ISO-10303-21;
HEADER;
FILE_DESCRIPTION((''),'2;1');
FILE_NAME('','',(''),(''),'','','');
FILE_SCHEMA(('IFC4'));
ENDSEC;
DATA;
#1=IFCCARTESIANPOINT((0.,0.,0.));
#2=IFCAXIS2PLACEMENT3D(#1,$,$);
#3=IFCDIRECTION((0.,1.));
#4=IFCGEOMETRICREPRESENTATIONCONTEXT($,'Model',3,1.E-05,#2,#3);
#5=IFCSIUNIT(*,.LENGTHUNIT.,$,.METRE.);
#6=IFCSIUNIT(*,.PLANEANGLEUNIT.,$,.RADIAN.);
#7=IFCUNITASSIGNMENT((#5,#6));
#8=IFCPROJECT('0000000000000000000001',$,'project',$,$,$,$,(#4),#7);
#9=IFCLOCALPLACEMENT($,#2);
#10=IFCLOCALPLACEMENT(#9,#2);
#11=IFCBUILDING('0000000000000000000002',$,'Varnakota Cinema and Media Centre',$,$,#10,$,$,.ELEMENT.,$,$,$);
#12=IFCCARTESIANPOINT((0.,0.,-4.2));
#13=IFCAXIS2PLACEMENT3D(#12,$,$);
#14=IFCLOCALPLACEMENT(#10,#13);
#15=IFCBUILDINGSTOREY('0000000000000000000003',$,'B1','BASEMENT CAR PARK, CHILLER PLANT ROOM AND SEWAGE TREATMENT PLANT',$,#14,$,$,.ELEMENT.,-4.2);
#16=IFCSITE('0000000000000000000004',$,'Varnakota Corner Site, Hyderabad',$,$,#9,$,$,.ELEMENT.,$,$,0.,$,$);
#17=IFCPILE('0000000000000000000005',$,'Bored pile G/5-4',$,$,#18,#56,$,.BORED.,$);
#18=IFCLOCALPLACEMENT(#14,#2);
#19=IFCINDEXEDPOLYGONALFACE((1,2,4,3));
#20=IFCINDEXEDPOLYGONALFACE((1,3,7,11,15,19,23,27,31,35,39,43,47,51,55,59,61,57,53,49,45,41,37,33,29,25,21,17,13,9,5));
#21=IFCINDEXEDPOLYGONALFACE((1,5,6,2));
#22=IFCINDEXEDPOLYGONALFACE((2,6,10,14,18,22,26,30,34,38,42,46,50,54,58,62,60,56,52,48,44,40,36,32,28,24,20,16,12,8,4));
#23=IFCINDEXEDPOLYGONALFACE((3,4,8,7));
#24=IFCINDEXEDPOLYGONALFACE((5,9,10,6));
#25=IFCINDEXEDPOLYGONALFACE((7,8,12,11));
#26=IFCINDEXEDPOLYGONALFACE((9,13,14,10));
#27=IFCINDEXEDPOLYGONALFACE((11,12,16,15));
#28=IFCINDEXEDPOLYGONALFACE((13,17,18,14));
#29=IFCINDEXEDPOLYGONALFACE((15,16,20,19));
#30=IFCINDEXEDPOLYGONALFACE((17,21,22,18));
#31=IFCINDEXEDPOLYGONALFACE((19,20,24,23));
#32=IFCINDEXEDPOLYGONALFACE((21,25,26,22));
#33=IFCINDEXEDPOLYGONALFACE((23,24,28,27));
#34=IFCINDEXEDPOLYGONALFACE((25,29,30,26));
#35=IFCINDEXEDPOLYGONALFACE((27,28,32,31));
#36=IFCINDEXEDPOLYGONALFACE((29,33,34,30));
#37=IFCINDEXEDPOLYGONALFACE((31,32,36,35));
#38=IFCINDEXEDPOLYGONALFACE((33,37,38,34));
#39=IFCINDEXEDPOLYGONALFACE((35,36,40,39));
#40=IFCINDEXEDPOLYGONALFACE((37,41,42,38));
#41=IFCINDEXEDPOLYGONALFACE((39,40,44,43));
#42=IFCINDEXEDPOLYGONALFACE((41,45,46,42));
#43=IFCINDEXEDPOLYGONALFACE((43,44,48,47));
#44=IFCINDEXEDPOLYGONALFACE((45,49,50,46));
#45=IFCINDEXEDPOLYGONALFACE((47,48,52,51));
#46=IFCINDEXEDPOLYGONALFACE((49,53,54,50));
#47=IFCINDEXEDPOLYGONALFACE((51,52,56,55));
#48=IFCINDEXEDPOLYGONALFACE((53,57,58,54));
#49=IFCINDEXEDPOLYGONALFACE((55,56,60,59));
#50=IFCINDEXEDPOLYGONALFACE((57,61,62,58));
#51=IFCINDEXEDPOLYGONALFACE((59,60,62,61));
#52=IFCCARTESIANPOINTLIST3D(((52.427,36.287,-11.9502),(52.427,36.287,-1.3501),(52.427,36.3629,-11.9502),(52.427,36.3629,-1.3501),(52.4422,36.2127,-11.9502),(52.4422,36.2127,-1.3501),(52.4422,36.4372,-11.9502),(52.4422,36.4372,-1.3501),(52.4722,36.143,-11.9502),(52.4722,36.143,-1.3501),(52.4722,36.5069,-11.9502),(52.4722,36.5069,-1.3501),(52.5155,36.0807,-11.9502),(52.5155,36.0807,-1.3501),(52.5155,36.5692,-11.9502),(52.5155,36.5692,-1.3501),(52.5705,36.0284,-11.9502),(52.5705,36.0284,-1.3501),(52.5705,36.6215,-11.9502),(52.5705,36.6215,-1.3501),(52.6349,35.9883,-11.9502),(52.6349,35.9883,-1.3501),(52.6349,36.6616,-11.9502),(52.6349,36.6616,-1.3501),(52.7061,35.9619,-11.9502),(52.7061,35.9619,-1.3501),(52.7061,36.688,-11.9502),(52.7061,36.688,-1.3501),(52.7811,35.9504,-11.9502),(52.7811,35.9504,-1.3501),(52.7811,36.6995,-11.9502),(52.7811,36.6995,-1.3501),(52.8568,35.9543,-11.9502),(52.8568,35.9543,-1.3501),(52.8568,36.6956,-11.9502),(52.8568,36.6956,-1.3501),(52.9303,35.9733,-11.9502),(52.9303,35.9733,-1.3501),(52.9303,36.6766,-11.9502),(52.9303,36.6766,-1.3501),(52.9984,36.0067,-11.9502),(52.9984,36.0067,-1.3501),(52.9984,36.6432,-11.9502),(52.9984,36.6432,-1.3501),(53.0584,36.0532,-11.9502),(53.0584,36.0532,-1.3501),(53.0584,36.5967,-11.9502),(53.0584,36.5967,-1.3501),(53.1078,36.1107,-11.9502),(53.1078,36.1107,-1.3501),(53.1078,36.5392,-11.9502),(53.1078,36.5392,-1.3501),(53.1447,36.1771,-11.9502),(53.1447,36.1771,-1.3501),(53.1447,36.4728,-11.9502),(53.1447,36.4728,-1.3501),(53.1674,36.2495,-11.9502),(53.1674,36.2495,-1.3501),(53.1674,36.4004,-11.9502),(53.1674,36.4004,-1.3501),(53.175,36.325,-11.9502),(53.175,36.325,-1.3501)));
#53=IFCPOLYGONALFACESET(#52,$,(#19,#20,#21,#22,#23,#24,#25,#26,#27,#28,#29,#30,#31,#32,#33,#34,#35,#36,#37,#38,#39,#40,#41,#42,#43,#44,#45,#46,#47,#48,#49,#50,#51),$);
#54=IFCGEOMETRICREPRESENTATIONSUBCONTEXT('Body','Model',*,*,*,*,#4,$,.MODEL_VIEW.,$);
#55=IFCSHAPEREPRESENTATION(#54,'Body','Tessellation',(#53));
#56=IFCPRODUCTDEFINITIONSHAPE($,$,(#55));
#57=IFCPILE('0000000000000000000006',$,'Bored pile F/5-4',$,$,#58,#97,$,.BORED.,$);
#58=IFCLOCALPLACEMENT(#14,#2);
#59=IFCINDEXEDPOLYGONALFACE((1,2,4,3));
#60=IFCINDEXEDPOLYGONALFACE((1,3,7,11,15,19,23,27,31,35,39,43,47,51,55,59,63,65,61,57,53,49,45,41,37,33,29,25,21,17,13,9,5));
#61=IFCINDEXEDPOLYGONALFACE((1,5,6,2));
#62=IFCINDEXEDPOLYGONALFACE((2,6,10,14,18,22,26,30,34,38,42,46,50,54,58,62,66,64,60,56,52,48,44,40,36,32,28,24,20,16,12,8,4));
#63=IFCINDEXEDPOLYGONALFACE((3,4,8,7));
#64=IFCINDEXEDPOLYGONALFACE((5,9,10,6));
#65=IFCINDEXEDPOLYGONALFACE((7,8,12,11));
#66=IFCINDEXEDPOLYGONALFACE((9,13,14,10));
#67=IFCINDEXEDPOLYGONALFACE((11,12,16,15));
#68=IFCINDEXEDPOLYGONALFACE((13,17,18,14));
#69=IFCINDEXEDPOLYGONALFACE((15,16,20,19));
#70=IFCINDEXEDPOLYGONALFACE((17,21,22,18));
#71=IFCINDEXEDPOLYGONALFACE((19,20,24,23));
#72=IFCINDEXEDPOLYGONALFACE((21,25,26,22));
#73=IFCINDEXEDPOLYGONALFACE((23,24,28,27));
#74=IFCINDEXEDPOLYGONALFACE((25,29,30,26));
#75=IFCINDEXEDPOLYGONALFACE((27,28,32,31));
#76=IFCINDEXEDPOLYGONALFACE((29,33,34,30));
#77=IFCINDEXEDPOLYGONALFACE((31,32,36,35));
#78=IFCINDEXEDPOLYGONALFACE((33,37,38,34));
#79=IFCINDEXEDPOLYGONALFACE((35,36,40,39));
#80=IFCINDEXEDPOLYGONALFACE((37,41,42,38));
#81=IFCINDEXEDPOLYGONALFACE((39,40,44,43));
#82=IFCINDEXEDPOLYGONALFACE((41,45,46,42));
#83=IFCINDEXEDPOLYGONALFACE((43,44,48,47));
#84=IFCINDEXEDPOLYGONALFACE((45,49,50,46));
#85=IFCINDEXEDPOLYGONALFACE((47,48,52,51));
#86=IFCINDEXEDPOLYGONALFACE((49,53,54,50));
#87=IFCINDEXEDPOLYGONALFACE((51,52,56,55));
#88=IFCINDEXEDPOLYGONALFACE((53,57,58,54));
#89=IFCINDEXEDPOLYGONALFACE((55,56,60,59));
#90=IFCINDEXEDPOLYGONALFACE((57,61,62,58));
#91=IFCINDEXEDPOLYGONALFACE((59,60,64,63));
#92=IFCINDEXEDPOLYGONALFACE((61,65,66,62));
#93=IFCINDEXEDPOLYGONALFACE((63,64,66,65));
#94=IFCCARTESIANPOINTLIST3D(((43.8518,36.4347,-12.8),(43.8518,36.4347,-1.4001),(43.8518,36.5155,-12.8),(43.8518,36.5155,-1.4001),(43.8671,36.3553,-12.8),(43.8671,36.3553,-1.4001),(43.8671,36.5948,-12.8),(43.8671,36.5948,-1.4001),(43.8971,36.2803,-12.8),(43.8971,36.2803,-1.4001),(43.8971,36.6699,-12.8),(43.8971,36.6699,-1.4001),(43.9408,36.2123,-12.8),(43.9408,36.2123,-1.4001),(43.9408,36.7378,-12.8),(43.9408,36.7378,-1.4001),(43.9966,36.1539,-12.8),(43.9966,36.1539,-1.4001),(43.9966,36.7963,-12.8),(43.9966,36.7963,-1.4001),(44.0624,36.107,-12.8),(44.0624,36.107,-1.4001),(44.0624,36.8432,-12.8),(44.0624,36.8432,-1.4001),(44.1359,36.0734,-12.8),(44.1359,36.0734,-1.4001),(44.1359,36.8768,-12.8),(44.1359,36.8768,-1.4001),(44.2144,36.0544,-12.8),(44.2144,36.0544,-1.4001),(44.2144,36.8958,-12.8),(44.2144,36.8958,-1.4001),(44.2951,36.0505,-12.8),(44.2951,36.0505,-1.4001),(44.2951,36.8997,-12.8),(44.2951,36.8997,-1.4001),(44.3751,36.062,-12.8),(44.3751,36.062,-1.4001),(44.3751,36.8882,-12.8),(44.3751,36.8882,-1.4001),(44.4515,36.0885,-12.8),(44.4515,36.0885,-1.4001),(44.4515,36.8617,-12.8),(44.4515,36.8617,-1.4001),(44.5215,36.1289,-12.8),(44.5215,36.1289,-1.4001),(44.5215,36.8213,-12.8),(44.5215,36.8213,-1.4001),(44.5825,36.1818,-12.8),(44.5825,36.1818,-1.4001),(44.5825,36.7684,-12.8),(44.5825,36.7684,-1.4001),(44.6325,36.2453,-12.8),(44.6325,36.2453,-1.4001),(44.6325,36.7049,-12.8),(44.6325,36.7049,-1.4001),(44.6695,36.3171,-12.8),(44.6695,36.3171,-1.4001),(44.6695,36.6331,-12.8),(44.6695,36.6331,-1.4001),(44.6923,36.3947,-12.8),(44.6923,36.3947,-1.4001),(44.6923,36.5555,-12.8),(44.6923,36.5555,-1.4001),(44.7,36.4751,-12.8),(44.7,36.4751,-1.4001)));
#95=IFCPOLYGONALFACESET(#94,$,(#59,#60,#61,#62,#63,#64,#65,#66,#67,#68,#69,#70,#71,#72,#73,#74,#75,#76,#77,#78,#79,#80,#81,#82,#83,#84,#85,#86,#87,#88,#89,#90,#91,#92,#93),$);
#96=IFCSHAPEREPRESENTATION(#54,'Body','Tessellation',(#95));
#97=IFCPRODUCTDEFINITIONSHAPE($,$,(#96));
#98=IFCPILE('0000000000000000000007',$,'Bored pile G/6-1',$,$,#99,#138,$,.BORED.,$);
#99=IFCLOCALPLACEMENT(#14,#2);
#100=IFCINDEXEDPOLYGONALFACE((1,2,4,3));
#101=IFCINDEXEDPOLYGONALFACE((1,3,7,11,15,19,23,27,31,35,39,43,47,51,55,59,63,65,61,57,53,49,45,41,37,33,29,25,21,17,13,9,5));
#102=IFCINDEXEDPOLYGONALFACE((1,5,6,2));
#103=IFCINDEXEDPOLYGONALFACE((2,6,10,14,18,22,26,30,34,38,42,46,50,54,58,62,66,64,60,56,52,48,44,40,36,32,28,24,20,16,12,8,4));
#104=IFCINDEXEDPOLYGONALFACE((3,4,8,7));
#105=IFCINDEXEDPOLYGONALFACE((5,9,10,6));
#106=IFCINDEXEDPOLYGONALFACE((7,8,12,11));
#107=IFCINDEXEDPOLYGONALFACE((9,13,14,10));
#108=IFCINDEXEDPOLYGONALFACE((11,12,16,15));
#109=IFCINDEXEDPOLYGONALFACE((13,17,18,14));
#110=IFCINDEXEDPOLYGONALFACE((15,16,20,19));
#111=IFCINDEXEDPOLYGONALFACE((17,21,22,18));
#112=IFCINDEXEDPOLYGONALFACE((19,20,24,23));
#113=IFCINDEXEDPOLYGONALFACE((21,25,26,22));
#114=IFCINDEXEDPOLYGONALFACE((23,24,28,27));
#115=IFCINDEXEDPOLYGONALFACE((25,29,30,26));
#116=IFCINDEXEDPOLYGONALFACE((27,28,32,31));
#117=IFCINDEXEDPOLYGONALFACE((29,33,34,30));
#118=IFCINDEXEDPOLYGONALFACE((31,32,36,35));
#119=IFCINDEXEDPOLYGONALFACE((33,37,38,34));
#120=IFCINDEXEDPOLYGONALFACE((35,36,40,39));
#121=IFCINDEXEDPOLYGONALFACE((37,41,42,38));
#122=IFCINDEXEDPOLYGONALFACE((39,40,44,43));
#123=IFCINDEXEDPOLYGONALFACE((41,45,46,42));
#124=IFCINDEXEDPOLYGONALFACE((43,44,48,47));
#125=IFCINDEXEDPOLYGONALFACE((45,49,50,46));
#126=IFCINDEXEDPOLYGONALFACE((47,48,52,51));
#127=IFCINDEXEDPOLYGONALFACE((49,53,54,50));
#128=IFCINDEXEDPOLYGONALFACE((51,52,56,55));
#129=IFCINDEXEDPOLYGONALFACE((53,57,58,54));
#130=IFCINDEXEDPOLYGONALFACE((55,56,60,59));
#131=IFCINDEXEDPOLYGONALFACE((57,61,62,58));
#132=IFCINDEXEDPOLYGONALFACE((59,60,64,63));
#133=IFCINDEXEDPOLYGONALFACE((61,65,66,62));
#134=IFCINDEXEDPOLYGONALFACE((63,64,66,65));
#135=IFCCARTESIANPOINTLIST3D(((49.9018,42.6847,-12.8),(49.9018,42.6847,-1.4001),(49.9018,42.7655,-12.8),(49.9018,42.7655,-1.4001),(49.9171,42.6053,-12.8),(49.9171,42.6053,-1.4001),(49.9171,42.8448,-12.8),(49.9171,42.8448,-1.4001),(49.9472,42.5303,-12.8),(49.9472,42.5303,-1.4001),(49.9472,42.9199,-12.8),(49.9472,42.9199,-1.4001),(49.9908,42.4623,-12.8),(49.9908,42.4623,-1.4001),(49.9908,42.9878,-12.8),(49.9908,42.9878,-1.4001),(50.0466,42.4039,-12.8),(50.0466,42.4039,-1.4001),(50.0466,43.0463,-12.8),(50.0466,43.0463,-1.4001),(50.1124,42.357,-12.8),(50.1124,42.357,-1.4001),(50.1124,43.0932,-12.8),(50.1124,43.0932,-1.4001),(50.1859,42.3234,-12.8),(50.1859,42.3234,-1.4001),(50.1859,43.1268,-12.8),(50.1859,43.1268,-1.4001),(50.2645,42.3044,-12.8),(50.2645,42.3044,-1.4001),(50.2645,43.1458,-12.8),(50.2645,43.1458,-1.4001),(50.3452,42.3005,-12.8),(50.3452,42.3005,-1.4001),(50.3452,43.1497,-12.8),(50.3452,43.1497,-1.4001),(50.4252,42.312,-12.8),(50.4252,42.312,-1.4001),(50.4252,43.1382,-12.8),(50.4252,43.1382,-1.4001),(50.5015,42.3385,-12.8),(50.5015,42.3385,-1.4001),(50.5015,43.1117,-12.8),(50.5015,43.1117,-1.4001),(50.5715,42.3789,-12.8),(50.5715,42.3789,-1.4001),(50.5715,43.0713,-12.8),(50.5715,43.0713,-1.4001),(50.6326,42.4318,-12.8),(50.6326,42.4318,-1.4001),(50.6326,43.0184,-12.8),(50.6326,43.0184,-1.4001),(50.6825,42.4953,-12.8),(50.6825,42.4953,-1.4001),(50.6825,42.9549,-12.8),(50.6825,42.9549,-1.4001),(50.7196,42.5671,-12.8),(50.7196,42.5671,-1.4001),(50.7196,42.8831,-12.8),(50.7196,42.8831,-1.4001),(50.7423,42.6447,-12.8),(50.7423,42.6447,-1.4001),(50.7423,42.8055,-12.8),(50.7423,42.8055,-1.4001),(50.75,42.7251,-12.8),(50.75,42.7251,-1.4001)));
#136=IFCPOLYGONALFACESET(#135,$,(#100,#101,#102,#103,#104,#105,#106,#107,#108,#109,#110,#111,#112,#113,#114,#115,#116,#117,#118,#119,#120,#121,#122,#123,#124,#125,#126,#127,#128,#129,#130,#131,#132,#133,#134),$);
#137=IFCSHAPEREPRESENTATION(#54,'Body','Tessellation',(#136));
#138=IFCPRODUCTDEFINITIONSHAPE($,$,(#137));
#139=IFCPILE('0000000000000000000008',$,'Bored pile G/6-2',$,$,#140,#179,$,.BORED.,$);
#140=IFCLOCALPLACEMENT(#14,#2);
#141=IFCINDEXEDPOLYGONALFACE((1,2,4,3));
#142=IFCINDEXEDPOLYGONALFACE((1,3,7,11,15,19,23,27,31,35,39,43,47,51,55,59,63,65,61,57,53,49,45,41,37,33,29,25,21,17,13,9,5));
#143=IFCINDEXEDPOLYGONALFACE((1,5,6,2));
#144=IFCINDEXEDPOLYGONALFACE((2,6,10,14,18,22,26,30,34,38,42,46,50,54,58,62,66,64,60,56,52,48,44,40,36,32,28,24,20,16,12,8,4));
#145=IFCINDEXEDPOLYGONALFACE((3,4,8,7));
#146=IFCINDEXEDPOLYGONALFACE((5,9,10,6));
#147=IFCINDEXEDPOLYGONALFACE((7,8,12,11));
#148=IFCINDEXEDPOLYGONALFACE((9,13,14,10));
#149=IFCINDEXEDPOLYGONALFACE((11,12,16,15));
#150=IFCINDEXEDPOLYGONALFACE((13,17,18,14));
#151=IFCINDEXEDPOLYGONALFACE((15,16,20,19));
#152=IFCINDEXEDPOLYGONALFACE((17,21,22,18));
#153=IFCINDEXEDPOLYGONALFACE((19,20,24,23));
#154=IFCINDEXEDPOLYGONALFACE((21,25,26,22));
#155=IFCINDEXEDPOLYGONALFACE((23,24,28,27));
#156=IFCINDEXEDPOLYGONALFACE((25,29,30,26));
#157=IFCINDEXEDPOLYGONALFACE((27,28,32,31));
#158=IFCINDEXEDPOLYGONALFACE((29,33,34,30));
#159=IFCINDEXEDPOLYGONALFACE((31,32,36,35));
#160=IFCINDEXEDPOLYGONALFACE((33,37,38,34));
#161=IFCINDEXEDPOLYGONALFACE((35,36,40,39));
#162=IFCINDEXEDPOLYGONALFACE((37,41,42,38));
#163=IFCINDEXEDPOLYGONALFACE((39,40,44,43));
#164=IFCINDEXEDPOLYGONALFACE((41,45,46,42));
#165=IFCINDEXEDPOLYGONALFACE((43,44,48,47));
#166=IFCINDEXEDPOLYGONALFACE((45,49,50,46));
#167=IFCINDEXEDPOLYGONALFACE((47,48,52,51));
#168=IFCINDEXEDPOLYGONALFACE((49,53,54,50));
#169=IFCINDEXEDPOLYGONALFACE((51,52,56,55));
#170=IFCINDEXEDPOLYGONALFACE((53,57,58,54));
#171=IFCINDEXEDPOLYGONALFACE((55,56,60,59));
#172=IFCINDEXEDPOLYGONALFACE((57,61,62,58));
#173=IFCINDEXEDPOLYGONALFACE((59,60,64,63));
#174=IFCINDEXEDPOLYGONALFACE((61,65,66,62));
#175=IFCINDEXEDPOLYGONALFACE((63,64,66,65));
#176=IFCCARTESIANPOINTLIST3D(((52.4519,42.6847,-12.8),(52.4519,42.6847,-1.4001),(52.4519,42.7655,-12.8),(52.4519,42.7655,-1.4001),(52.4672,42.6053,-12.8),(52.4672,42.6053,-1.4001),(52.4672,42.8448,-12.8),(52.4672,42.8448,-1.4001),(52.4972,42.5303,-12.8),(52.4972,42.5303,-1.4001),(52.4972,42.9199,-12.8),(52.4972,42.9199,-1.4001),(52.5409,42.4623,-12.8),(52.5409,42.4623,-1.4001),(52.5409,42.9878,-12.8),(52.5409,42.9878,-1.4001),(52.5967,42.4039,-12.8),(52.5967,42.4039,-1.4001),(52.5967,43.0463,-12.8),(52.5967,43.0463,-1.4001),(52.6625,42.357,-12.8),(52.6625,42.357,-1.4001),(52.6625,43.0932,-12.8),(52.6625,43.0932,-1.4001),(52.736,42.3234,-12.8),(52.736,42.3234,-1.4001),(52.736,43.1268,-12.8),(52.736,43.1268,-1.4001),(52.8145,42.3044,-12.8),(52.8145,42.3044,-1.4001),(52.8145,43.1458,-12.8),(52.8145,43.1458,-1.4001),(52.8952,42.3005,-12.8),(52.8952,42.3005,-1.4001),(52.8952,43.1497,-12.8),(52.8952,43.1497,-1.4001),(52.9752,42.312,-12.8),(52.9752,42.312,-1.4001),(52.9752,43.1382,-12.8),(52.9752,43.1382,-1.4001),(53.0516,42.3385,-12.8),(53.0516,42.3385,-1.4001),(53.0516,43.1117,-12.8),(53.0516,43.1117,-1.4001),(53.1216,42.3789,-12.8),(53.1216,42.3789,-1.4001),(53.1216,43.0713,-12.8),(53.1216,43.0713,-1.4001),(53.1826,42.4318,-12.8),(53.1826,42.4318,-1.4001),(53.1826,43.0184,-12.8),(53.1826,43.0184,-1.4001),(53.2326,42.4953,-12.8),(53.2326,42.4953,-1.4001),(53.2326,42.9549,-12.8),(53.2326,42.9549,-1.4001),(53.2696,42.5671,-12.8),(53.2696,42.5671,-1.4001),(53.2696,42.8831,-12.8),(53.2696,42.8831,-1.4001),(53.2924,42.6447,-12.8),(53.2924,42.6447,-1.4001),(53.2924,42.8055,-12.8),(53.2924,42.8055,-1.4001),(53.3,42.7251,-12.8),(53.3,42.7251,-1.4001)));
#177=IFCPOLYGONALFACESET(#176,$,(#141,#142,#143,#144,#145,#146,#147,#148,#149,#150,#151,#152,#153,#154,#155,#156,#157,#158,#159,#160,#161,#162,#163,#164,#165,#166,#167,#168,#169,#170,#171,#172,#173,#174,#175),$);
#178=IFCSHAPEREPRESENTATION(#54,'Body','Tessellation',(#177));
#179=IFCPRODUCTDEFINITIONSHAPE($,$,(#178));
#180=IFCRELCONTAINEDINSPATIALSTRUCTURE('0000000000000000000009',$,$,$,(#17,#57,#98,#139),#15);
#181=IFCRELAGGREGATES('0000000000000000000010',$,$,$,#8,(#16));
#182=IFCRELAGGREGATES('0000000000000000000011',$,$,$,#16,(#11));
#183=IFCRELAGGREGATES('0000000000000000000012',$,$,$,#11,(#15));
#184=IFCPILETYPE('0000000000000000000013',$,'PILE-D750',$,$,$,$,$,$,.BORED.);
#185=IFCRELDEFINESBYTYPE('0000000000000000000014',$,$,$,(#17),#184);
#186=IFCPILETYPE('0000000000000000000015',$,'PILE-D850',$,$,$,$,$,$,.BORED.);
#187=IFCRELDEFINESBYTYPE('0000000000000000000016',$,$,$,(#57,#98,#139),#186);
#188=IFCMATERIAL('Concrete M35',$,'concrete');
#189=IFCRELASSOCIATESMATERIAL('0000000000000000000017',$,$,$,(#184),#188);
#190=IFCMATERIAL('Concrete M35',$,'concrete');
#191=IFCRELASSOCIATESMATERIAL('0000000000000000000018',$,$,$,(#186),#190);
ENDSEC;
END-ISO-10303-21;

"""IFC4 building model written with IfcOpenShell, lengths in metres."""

from ifc_helpers import new_model, si_unit, direction, frame, origin, origin_2d, place, context, subcontext, project, spatial, circle, extrude, material, material_profile, profile_set, type_object, element, save


model = new_model("IFC4")

# Units and contexts
model_context = context("Model", 3, precision=1e-05, world=origin(), true_north=direction((0.0, 1.0)))
body_context = subcontext(model_context, "Body", "Model", "MODEL_VIEW")
ifc_project = project(units=[si_unit("LENGTHUNIT", "METRE"), si_unit("PLANEANGLEUNIT", "RADIAN")], contexts=[model_context])

# Site, building, storey
site_placement = place(None, origin())
site = spatial("IfcSite", under=ifc_project, at=site_placement, Name="Varnakota Corner Site, Hyderabad", CompositionType="ELEMENT", RefElevation=0.0)
building_placement = place(site_placement, origin())
building = spatial("IfcBuilding", under=site, at=building_placement, Name="Varnakota Cinema and Media Centre", CompositionType="ELEMENT")
storey_placement = place(building_placement, frame((0.0, 0.0, -4.2)))
storey = spatial("IfcBuildingStorey", under=building, at=storey_placement, Name="B1", Description="BASEMENT CAR PARK, CHILLER PLANT ROOM AND SEWAGE TREATMENT PLANT", CompositionType="ELEMENT", Elevation=-4.2)

# Piles
ifc_material_1 = material(Name="Concrete M35", Category="concrete")
ifc_material_profile_1 = material_profile(ifc_material_1, circle(Radius=0.375, at=origin_2d()), Name="PILE D750")
ifc_profile_set_1 = profile_set([ifc_material_profile_1], Name="Concrete M35")
pile_type_1 = type_object("IfcPileType", Name="PILE-D750", PredefinedType="BORED", material=ifc_profile_set_1)
for number, where, z_axis, x_axis, name in (
    (1, (52.8, 36.325, -1.3501), (0.0, 0.0, -1.0), (1.0, 0.0, 0.0), "Bored pile G/5-4"),
):
    element("IfcPile", number, at=place(storey_placement, frame(where, z_axis=z_axis, x_axis=x_axis)), inside=storey, type_object=pile_type_1, Name=name, PredefinedType="BORED", context=body_context, shape_type="SweptSolid", body=[
        extrude(circle(Radius=0.375, at=origin_2d()), origin(), (0.0, 0.0, 1.0), 10.6001),
    ])
ifc_material_2 = material(Name="Concrete M35", Category="concrete")
ifc_material_profile_2 = material_profile(ifc_material_2, circle(Radius=0.425, at=origin_2d()), Name="PILE D850")
ifc_profile_set_2 = profile_set([ifc_material_profile_2], Name="Concrete M35")
pile_type_2 = type_object("IfcPileType", Name="PILE-D850", PredefinedType="BORED", material=ifc_profile_set_2)
for number, where, z_axis, x_axis, name in (
    (2, (44.2749, 36.4751, -1.4001), (0.0, 0.0, -1.0), (1.0, 0.0, 0.0), "Bored pile F/5-4"),
    (3, (50.325, 42.7251, -1.4001), (0.0, 0.0, -1.0), (1.0, 0.0, 0.0), "Bored pile G/6-1"),
    (4, (52.875, 42.7251, -1.4001), (0.0, 0.0, -1.0), (1.0, 0.0, 0.0), "Bored pile G/6-2"),
):
    element("IfcPile", number, at=place(storey_placement, frame(where, z_axis=z_axis, x_axis=x_axis)), inside=storey, type_object=pile_type_2, Name=name, PredefinedType="BORED", context=body_context, shape_type="SweptSolid", body=[
        extrude(circle(Radius=0.425, at=origin_2d()), origin(), (0.0, 0.0, 1.0), 11.3999),
    ])

save(model, "model.ifc")
